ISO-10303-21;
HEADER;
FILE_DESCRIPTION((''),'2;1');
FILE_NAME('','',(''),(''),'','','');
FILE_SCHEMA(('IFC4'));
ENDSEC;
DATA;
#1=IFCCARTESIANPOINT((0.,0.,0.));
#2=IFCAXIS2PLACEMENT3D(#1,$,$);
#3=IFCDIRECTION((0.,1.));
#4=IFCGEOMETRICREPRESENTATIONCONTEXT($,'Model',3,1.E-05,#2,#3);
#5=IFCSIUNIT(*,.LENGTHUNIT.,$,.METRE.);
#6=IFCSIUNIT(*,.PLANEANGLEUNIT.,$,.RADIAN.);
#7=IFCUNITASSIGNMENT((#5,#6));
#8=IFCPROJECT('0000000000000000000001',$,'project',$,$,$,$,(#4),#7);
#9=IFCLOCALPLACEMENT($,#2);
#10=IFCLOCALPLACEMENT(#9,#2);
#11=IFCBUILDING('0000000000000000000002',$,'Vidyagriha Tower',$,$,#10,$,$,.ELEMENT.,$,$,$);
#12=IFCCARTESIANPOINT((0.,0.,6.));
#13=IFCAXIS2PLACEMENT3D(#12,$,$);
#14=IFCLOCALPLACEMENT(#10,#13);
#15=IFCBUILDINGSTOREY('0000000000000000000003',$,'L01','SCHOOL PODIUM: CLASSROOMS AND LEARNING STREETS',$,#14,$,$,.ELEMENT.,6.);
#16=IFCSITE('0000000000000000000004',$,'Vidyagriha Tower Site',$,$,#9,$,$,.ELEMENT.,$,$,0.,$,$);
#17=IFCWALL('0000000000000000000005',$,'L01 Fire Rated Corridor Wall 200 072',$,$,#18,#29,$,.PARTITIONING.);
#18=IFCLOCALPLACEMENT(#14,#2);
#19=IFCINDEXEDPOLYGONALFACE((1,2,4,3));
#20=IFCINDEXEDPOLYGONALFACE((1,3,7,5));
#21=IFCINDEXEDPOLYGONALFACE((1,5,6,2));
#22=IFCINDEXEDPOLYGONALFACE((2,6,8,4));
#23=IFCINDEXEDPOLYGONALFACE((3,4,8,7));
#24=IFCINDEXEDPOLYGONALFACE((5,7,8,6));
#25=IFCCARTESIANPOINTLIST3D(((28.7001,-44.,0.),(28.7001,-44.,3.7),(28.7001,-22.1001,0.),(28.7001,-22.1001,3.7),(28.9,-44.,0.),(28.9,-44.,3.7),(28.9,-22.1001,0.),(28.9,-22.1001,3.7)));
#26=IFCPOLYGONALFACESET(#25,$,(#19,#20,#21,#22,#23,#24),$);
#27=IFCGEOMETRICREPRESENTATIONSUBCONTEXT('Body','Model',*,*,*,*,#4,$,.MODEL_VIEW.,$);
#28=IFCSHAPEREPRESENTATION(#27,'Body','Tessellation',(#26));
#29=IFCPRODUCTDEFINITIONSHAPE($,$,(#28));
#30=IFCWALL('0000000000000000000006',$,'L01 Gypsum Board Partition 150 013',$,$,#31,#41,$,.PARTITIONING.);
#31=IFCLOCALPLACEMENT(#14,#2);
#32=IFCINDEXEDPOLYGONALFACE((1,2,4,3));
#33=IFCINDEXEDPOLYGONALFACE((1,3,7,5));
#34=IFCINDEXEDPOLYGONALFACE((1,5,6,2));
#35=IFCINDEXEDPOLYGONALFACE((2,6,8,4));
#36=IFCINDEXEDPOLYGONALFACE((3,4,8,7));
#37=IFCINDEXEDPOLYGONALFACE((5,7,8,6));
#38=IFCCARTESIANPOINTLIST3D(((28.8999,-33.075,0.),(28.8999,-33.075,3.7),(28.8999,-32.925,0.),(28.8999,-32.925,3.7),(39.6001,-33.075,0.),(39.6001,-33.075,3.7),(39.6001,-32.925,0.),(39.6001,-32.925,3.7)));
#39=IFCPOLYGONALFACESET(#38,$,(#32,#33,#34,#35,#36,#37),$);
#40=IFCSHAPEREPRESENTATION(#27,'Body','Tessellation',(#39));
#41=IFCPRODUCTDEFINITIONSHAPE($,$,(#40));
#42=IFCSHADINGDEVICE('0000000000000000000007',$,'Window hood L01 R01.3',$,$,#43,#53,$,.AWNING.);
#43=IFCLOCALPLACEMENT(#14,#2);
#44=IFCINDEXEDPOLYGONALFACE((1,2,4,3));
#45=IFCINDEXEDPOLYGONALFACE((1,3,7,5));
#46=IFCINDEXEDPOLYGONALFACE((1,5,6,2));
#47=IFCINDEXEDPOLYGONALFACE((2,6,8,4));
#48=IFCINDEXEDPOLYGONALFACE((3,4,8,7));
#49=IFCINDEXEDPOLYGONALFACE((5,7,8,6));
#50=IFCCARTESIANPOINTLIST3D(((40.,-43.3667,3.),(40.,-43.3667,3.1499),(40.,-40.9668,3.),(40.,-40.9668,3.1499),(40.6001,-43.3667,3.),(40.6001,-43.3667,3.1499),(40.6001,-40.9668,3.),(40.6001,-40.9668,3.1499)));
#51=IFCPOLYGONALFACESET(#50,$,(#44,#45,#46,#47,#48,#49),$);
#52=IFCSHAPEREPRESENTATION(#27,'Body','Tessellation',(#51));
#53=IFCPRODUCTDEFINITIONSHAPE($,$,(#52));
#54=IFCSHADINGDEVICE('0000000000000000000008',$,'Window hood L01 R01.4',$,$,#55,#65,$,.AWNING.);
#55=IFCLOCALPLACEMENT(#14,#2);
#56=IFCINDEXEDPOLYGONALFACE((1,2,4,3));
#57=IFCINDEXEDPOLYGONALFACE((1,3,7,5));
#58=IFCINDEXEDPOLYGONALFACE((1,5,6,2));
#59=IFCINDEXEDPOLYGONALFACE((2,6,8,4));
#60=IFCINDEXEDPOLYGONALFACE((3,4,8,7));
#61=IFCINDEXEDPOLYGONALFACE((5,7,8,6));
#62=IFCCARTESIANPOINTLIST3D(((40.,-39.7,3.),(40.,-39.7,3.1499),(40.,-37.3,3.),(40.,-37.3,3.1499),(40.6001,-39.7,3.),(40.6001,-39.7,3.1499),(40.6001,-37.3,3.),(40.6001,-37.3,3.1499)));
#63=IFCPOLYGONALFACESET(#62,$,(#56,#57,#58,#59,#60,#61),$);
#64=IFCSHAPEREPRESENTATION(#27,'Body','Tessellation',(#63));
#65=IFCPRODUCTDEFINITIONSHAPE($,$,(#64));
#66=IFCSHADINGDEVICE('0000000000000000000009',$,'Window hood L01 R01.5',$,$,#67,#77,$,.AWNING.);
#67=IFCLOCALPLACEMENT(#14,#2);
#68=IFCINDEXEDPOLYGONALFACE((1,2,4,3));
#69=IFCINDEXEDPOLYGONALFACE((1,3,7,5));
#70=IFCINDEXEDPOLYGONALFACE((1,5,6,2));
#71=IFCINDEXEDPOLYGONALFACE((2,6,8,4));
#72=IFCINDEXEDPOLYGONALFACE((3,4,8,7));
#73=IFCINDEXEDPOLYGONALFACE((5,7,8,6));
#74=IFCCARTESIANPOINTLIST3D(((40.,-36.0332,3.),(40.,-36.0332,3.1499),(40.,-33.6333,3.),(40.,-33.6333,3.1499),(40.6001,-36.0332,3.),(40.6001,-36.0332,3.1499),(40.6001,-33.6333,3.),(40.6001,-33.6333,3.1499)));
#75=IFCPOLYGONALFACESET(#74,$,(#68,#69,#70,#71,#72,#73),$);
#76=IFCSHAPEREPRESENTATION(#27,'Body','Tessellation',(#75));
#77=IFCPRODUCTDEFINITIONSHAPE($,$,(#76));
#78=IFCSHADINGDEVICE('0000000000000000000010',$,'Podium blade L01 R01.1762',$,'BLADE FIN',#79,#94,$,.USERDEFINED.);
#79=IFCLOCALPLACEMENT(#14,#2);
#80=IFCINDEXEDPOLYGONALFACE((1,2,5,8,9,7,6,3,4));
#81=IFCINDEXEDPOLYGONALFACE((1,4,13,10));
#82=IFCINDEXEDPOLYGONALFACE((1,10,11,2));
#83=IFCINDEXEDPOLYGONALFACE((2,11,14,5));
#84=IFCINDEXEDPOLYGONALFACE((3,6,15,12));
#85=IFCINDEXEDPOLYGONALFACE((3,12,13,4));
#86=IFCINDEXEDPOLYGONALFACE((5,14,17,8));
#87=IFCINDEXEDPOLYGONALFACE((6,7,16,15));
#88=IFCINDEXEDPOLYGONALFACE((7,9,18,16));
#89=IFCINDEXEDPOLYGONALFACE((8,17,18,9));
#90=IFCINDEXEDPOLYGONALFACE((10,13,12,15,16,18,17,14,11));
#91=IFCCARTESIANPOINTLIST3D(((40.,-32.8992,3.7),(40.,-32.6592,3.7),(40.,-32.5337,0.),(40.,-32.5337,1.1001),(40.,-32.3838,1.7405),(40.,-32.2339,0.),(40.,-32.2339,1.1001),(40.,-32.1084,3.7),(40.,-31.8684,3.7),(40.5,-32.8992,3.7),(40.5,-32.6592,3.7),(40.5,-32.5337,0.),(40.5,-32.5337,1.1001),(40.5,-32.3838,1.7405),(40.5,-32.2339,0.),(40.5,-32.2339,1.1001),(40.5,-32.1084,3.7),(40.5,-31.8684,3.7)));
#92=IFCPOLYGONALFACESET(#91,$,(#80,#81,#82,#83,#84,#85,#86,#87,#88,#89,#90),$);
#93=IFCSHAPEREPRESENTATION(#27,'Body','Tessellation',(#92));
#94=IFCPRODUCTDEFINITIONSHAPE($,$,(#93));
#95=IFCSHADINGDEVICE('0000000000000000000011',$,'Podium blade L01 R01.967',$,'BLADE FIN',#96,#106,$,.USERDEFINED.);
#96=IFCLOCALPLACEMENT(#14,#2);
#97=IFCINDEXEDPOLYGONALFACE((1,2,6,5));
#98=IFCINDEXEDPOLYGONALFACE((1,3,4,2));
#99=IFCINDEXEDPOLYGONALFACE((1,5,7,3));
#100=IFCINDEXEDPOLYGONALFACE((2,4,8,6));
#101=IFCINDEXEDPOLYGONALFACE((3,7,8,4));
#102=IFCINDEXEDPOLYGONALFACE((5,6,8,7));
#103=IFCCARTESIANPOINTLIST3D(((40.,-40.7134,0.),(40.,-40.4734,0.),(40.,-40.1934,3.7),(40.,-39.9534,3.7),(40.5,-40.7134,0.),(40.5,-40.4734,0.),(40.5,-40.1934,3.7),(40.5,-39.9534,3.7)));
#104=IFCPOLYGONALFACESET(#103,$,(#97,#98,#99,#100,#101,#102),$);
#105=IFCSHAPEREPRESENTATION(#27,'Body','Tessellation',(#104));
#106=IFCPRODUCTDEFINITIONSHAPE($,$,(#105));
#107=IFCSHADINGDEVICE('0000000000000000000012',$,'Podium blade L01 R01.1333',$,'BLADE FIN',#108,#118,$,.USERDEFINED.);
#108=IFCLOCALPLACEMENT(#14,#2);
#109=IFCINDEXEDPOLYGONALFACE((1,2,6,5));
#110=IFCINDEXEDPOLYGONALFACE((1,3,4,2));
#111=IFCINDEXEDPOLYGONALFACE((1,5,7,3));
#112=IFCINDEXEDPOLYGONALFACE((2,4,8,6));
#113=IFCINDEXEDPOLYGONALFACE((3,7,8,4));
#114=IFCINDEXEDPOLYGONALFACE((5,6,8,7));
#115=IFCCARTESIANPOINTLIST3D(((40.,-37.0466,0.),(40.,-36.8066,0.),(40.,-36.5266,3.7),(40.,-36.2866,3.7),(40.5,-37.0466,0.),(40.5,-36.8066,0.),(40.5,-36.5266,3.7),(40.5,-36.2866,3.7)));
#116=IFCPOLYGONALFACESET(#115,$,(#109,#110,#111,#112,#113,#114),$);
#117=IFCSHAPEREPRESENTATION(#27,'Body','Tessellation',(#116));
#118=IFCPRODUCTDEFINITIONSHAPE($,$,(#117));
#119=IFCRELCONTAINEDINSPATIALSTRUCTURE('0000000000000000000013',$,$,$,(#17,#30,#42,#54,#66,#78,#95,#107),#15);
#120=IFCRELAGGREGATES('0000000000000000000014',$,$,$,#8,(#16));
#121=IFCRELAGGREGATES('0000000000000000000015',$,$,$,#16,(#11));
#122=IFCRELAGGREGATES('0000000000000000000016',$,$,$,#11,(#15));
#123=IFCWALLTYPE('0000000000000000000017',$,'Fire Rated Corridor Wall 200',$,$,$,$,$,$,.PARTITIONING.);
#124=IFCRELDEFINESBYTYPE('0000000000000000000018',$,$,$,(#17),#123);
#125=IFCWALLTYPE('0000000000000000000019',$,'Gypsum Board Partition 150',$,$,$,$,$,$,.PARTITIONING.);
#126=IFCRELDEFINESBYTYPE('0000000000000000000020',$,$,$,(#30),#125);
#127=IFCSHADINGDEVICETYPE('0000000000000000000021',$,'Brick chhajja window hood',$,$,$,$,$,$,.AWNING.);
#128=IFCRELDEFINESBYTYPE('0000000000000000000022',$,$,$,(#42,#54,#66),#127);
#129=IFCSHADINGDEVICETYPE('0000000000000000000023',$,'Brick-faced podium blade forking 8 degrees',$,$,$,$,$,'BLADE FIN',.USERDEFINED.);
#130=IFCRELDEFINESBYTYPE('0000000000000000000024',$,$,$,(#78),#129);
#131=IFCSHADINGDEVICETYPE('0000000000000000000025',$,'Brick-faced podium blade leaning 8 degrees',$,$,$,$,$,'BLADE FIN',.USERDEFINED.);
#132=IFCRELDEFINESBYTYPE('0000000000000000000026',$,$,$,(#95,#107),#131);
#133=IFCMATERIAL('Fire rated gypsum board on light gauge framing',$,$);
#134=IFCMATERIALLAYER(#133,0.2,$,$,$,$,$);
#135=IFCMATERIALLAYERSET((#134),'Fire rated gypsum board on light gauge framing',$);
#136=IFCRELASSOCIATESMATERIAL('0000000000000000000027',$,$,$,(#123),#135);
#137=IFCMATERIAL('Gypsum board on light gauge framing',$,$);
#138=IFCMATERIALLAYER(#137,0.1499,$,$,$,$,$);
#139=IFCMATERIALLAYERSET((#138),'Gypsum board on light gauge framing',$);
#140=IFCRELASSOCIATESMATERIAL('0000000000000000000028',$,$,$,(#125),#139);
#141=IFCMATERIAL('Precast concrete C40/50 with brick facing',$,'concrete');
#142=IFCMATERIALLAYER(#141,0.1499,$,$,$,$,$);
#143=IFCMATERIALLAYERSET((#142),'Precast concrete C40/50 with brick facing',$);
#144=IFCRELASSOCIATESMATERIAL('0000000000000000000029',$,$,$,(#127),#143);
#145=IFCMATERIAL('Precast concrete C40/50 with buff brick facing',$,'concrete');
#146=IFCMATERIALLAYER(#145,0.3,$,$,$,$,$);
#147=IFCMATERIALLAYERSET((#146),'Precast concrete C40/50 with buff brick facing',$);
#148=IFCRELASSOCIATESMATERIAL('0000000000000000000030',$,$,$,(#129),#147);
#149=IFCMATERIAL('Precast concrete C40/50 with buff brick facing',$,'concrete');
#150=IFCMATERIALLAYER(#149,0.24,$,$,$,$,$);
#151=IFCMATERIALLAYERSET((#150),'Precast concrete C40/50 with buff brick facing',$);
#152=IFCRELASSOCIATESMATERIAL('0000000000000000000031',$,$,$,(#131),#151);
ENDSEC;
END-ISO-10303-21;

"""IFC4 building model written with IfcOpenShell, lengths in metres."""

from ifc_helpers import new_model, si_unit, direction, frame, frame_2d, origin, origin_2d, place, context, subcontext, project, spatial, polyline, rectangle, outline, extrude, material, layer, layer_set, type_object, element, save


model = new_model("IFC4")

# Units and contexts
model_context = context("Model", 3, precision=1e-05, world=origin(), true_north=direction((0.0, 1.0)))
body_context = subcontext(model_context, "Body", "Model", "MODEL_VIEW")
ifc_project = project(units=[si_unit("LENGTHUNIT", "METRE"), si_unit("PLANEANGLEUNIT", "RADIAN")], contexts=[model_context])

# Site, building, storey
site_placement = place(None, origin())
site = spatial("IfcSite", under=ifc_project, at=site_placement, Name="Vidyagriha Tower Site", CompositionType="ELEMENT", RefElevation=0.0)
building_placement = place(site_placement, origin())
building = spatial("IfcBuilding", under=site, at=building_placement, Name="Vidyagriha Tower", CompositionType="ELEMENT")
storey_placement = place(building_placement, frame((0.0, 0.0, 6.0)))
storey = spatial("IfcBuildingStorey", under=building, at=storey_placement, Name="L01", Description="SCHOOL PODIUM: CLASSROOMS AND LEARNING STREETS", CompositionType="ELEMENT", Elevation=6.0)

# Shared definitions
ifc_material_1 = material(Name="Fire rated gypsum board on light gauge framing")
ifc_layer_1 = layer(ifc_material_1, 0.2)
ifc_layer_set_1 = layer_set([ifc_layer_1], Name="Fire rated gypsum board on light gauge framing")
wall_type_1 = type_object("IfcWallType", Name="Fire Rated Corridor Wall 200", PredefinedType="PARTITIONING", material=ifc_layer_set_1)

# Walls
wall_1_placement = place(storey_placement, frame((28.8, -44.0, 0.0), z_axis=(0.0, 0.0, 1.0), x_axis=(0.0, 1.0, 0.0)))
element("IfcWall", 1, at=wall_1_placement, inside=storey, type_object=wall_type_1, Name="L01 Fire Rated Corridor Wall 200 072", PredefinedType="PARTITIONING", context=body_context, shape_type="SweptSolid", body=[
    extrude(rectangle(XDim=21.8999, YDim=0.2, at=frame_2d((10.95, 0.0))), origin(), (0.0, 0.0, 1.0), 3.7),
])
ifc_material_2 = material(Name="Gypsum board on light gauge framing")
ifc_layer_2 = layer(ifc_material_2, 0.1499)
ifc_layer_set_2 = layer_set([ifc_layer_2], Name="Gypsum board on light gauge framing")
wall_type_2 = type_object("IfcWallType", Name="Gypsum Board Partition 150", PredefinedType="PARTITIONING", material=ifc_layer_set_2)
wall_2_placement = place(storey_placement, frame((28.8999, -33.0, 0.0)))
element("IfcWall", 2, at=wall_2_placement, inside=storey, type_object=wall_type_2, Name="L01 Gypsum Board Partition 150 013", PredefinedType="PARTITIONING", context=body_context, shape_type="SweptSolid", body=[
    extrude(rectangle(XDim=10.7002, YDim=0.1499, at=frame_2d((5.3501, 0.0))), origin(), (0.0, 0.0, 1.0), 3.7),
])

# Shading devices
ifc_material_3 = material(Name="Precast concrete C40/50 with brick facing", Category="concrete")
ifc_layer_3 = layer(ifc_material_3, 0.1499)
ifc_layer_set_3 = layer_set([ifc_layer_3], Name="Precast concrete C40/50 with brick facing")
shading_device_type_1 = type_object("IfcShadingDeviceType", Name="Brick chhajja window hood", PredefinedType="AWNING", material=ifc_layer_set_3)
for number, where, z_axis, x_axis, name in (
    (3, (40.3, -42.1667, 3.0), (0.0, 0.0, 1.0), (0.0, 1.0, 0.0), "Window hood L01 R01.3"),
    (4, (40.3, -38.5, 3.0), (0.0, 0.0, 1.0), (0.0, 1.0, 0.0), "Window hood L01 R01.4"),
    (5, (40.3, -34.8333, 3.0), (0.0, 0.0, 1.0), (0.0, 1.0, 0.0), "Window hood L01 R01.5"),
):
    element("IfcShadingDevice", number, at=place(storey_placement, frame(where, z_axis=z_axis, x_axis=x_axis)), inside=storey, type_object=shading_device_type_1, Name=name, PredefinedType="AWNING", context=body_context, shape_type="SweptSolid", body=[
        extrude(rectangle(XDim=2.3999, YDim=0.6001, at=origin_2d()), origin(), (0.0, 0.0, 1.0), 0.1499),
    ])
ifc_material_4 = material(Name="Precast concrete C40/50 with buff brick facing", Category="concrete")
ifc_layer_4 = layer(ifc_material_4, 0.3)
ifc_layer_set_4 = layer_set([ifc_layer_4], Name="Precast concrete C40/50 with buff brick facing")
shading_device_type_2 = type_object("IfcShadingDeviceType", Name="Brick-faced podium blade forking 8 degrees", ElementType="BLADE FIN", PredefinedType="USERDEFINED", material=ifc_layer_set_4)
shading_device_placement = place(storey_placement, frame((40.25, -32.8992, 0.0), z_axis=(0.0, 0.0, 1.0), x_axis=(0.0, 1.0, 0.0)))
element("IfcShadingDevice", 6, at=shading_device_placement, inside=storey, type_object=shading_device_type_2, Name="Podium blade L01 R01.1762", ObjectType="BLADE FIN", PredefinedType="USERDEFINED", context=body_context, shape_type="SweptSolid", body=[
    extrude(outline(polyline([(0.6653, 0.0), (0.6653, 1.1001), (1.0308, 3.7), (0.7908, 3.7), (0.5154, 1.7405), (0.24, 3.7), (0.0, 3.7), (0.3655, 1.1001), (0.3655, 0.0), (0.6653, 0.0)])), frame((0.0, 0.25, 0.0), z_axis=(0.0, -1.0, 0.0), x_axis=(1.0, 0.0, 0.0)), (0.0, 0.0, 1.0), 0.5),
])
ifc_material_5 = material(Name="Precast concrete C40/50 with buff brick facing", Category="concrete")
ifc_layer_5 = layer(ifc_material_5, 0.24)
ifc_layer_set_5 = layer_set([ifc_layer_5], Name="Precast concrete C40/50 with buff brick facing")
shading_device_type_3 = type_object("IfcShadingDeviceType", Name="Brick-faced podium blade leaning 8 degrees", ElementType="BLADE FIN", PredefinedType="USERDEFINED", material=ifc_layer_set_5)
for number, where, z_axis, x_axis, name in (
    (7, (40.25, -40.7134, 0.0), (0.0, 0.0, 1.0), (0.0, 1.0, 0.0), "Podium blade L01 R01.967"),
    (8, (40.25, -37.0466, 0.0), (0.0, 0.0, 1.0), (0.0, 1.0, 0.0), "Podium blade L01 R01.1333"),
):
    element("IfcShadingDevice", number, at=place(storey_placement, frame(where, z_axis=z_axis, x_axis=x_axis)), inside=storey, type_object=shading_device_type_3, Name=name, ObjectType="BLADE FIN", PredefinedType="USERDEFINED", context=body_context, shape_type="SweptSolid", body=[
        extrude(outline(polyline([(0.0, 0.0), (0.24, 0.0), (0.76, 3.7), (0.52, 3.7), (0.0, 0.0)])), frame((0.0, 0.25, 0.0), z_axis=(0.0, -1.0, 0.0), x_axis=(1.0, 0.0, 0.0)), (0.0, 0.0, 1.0), 0.5),
    ])

save(model, "model.ifc")
